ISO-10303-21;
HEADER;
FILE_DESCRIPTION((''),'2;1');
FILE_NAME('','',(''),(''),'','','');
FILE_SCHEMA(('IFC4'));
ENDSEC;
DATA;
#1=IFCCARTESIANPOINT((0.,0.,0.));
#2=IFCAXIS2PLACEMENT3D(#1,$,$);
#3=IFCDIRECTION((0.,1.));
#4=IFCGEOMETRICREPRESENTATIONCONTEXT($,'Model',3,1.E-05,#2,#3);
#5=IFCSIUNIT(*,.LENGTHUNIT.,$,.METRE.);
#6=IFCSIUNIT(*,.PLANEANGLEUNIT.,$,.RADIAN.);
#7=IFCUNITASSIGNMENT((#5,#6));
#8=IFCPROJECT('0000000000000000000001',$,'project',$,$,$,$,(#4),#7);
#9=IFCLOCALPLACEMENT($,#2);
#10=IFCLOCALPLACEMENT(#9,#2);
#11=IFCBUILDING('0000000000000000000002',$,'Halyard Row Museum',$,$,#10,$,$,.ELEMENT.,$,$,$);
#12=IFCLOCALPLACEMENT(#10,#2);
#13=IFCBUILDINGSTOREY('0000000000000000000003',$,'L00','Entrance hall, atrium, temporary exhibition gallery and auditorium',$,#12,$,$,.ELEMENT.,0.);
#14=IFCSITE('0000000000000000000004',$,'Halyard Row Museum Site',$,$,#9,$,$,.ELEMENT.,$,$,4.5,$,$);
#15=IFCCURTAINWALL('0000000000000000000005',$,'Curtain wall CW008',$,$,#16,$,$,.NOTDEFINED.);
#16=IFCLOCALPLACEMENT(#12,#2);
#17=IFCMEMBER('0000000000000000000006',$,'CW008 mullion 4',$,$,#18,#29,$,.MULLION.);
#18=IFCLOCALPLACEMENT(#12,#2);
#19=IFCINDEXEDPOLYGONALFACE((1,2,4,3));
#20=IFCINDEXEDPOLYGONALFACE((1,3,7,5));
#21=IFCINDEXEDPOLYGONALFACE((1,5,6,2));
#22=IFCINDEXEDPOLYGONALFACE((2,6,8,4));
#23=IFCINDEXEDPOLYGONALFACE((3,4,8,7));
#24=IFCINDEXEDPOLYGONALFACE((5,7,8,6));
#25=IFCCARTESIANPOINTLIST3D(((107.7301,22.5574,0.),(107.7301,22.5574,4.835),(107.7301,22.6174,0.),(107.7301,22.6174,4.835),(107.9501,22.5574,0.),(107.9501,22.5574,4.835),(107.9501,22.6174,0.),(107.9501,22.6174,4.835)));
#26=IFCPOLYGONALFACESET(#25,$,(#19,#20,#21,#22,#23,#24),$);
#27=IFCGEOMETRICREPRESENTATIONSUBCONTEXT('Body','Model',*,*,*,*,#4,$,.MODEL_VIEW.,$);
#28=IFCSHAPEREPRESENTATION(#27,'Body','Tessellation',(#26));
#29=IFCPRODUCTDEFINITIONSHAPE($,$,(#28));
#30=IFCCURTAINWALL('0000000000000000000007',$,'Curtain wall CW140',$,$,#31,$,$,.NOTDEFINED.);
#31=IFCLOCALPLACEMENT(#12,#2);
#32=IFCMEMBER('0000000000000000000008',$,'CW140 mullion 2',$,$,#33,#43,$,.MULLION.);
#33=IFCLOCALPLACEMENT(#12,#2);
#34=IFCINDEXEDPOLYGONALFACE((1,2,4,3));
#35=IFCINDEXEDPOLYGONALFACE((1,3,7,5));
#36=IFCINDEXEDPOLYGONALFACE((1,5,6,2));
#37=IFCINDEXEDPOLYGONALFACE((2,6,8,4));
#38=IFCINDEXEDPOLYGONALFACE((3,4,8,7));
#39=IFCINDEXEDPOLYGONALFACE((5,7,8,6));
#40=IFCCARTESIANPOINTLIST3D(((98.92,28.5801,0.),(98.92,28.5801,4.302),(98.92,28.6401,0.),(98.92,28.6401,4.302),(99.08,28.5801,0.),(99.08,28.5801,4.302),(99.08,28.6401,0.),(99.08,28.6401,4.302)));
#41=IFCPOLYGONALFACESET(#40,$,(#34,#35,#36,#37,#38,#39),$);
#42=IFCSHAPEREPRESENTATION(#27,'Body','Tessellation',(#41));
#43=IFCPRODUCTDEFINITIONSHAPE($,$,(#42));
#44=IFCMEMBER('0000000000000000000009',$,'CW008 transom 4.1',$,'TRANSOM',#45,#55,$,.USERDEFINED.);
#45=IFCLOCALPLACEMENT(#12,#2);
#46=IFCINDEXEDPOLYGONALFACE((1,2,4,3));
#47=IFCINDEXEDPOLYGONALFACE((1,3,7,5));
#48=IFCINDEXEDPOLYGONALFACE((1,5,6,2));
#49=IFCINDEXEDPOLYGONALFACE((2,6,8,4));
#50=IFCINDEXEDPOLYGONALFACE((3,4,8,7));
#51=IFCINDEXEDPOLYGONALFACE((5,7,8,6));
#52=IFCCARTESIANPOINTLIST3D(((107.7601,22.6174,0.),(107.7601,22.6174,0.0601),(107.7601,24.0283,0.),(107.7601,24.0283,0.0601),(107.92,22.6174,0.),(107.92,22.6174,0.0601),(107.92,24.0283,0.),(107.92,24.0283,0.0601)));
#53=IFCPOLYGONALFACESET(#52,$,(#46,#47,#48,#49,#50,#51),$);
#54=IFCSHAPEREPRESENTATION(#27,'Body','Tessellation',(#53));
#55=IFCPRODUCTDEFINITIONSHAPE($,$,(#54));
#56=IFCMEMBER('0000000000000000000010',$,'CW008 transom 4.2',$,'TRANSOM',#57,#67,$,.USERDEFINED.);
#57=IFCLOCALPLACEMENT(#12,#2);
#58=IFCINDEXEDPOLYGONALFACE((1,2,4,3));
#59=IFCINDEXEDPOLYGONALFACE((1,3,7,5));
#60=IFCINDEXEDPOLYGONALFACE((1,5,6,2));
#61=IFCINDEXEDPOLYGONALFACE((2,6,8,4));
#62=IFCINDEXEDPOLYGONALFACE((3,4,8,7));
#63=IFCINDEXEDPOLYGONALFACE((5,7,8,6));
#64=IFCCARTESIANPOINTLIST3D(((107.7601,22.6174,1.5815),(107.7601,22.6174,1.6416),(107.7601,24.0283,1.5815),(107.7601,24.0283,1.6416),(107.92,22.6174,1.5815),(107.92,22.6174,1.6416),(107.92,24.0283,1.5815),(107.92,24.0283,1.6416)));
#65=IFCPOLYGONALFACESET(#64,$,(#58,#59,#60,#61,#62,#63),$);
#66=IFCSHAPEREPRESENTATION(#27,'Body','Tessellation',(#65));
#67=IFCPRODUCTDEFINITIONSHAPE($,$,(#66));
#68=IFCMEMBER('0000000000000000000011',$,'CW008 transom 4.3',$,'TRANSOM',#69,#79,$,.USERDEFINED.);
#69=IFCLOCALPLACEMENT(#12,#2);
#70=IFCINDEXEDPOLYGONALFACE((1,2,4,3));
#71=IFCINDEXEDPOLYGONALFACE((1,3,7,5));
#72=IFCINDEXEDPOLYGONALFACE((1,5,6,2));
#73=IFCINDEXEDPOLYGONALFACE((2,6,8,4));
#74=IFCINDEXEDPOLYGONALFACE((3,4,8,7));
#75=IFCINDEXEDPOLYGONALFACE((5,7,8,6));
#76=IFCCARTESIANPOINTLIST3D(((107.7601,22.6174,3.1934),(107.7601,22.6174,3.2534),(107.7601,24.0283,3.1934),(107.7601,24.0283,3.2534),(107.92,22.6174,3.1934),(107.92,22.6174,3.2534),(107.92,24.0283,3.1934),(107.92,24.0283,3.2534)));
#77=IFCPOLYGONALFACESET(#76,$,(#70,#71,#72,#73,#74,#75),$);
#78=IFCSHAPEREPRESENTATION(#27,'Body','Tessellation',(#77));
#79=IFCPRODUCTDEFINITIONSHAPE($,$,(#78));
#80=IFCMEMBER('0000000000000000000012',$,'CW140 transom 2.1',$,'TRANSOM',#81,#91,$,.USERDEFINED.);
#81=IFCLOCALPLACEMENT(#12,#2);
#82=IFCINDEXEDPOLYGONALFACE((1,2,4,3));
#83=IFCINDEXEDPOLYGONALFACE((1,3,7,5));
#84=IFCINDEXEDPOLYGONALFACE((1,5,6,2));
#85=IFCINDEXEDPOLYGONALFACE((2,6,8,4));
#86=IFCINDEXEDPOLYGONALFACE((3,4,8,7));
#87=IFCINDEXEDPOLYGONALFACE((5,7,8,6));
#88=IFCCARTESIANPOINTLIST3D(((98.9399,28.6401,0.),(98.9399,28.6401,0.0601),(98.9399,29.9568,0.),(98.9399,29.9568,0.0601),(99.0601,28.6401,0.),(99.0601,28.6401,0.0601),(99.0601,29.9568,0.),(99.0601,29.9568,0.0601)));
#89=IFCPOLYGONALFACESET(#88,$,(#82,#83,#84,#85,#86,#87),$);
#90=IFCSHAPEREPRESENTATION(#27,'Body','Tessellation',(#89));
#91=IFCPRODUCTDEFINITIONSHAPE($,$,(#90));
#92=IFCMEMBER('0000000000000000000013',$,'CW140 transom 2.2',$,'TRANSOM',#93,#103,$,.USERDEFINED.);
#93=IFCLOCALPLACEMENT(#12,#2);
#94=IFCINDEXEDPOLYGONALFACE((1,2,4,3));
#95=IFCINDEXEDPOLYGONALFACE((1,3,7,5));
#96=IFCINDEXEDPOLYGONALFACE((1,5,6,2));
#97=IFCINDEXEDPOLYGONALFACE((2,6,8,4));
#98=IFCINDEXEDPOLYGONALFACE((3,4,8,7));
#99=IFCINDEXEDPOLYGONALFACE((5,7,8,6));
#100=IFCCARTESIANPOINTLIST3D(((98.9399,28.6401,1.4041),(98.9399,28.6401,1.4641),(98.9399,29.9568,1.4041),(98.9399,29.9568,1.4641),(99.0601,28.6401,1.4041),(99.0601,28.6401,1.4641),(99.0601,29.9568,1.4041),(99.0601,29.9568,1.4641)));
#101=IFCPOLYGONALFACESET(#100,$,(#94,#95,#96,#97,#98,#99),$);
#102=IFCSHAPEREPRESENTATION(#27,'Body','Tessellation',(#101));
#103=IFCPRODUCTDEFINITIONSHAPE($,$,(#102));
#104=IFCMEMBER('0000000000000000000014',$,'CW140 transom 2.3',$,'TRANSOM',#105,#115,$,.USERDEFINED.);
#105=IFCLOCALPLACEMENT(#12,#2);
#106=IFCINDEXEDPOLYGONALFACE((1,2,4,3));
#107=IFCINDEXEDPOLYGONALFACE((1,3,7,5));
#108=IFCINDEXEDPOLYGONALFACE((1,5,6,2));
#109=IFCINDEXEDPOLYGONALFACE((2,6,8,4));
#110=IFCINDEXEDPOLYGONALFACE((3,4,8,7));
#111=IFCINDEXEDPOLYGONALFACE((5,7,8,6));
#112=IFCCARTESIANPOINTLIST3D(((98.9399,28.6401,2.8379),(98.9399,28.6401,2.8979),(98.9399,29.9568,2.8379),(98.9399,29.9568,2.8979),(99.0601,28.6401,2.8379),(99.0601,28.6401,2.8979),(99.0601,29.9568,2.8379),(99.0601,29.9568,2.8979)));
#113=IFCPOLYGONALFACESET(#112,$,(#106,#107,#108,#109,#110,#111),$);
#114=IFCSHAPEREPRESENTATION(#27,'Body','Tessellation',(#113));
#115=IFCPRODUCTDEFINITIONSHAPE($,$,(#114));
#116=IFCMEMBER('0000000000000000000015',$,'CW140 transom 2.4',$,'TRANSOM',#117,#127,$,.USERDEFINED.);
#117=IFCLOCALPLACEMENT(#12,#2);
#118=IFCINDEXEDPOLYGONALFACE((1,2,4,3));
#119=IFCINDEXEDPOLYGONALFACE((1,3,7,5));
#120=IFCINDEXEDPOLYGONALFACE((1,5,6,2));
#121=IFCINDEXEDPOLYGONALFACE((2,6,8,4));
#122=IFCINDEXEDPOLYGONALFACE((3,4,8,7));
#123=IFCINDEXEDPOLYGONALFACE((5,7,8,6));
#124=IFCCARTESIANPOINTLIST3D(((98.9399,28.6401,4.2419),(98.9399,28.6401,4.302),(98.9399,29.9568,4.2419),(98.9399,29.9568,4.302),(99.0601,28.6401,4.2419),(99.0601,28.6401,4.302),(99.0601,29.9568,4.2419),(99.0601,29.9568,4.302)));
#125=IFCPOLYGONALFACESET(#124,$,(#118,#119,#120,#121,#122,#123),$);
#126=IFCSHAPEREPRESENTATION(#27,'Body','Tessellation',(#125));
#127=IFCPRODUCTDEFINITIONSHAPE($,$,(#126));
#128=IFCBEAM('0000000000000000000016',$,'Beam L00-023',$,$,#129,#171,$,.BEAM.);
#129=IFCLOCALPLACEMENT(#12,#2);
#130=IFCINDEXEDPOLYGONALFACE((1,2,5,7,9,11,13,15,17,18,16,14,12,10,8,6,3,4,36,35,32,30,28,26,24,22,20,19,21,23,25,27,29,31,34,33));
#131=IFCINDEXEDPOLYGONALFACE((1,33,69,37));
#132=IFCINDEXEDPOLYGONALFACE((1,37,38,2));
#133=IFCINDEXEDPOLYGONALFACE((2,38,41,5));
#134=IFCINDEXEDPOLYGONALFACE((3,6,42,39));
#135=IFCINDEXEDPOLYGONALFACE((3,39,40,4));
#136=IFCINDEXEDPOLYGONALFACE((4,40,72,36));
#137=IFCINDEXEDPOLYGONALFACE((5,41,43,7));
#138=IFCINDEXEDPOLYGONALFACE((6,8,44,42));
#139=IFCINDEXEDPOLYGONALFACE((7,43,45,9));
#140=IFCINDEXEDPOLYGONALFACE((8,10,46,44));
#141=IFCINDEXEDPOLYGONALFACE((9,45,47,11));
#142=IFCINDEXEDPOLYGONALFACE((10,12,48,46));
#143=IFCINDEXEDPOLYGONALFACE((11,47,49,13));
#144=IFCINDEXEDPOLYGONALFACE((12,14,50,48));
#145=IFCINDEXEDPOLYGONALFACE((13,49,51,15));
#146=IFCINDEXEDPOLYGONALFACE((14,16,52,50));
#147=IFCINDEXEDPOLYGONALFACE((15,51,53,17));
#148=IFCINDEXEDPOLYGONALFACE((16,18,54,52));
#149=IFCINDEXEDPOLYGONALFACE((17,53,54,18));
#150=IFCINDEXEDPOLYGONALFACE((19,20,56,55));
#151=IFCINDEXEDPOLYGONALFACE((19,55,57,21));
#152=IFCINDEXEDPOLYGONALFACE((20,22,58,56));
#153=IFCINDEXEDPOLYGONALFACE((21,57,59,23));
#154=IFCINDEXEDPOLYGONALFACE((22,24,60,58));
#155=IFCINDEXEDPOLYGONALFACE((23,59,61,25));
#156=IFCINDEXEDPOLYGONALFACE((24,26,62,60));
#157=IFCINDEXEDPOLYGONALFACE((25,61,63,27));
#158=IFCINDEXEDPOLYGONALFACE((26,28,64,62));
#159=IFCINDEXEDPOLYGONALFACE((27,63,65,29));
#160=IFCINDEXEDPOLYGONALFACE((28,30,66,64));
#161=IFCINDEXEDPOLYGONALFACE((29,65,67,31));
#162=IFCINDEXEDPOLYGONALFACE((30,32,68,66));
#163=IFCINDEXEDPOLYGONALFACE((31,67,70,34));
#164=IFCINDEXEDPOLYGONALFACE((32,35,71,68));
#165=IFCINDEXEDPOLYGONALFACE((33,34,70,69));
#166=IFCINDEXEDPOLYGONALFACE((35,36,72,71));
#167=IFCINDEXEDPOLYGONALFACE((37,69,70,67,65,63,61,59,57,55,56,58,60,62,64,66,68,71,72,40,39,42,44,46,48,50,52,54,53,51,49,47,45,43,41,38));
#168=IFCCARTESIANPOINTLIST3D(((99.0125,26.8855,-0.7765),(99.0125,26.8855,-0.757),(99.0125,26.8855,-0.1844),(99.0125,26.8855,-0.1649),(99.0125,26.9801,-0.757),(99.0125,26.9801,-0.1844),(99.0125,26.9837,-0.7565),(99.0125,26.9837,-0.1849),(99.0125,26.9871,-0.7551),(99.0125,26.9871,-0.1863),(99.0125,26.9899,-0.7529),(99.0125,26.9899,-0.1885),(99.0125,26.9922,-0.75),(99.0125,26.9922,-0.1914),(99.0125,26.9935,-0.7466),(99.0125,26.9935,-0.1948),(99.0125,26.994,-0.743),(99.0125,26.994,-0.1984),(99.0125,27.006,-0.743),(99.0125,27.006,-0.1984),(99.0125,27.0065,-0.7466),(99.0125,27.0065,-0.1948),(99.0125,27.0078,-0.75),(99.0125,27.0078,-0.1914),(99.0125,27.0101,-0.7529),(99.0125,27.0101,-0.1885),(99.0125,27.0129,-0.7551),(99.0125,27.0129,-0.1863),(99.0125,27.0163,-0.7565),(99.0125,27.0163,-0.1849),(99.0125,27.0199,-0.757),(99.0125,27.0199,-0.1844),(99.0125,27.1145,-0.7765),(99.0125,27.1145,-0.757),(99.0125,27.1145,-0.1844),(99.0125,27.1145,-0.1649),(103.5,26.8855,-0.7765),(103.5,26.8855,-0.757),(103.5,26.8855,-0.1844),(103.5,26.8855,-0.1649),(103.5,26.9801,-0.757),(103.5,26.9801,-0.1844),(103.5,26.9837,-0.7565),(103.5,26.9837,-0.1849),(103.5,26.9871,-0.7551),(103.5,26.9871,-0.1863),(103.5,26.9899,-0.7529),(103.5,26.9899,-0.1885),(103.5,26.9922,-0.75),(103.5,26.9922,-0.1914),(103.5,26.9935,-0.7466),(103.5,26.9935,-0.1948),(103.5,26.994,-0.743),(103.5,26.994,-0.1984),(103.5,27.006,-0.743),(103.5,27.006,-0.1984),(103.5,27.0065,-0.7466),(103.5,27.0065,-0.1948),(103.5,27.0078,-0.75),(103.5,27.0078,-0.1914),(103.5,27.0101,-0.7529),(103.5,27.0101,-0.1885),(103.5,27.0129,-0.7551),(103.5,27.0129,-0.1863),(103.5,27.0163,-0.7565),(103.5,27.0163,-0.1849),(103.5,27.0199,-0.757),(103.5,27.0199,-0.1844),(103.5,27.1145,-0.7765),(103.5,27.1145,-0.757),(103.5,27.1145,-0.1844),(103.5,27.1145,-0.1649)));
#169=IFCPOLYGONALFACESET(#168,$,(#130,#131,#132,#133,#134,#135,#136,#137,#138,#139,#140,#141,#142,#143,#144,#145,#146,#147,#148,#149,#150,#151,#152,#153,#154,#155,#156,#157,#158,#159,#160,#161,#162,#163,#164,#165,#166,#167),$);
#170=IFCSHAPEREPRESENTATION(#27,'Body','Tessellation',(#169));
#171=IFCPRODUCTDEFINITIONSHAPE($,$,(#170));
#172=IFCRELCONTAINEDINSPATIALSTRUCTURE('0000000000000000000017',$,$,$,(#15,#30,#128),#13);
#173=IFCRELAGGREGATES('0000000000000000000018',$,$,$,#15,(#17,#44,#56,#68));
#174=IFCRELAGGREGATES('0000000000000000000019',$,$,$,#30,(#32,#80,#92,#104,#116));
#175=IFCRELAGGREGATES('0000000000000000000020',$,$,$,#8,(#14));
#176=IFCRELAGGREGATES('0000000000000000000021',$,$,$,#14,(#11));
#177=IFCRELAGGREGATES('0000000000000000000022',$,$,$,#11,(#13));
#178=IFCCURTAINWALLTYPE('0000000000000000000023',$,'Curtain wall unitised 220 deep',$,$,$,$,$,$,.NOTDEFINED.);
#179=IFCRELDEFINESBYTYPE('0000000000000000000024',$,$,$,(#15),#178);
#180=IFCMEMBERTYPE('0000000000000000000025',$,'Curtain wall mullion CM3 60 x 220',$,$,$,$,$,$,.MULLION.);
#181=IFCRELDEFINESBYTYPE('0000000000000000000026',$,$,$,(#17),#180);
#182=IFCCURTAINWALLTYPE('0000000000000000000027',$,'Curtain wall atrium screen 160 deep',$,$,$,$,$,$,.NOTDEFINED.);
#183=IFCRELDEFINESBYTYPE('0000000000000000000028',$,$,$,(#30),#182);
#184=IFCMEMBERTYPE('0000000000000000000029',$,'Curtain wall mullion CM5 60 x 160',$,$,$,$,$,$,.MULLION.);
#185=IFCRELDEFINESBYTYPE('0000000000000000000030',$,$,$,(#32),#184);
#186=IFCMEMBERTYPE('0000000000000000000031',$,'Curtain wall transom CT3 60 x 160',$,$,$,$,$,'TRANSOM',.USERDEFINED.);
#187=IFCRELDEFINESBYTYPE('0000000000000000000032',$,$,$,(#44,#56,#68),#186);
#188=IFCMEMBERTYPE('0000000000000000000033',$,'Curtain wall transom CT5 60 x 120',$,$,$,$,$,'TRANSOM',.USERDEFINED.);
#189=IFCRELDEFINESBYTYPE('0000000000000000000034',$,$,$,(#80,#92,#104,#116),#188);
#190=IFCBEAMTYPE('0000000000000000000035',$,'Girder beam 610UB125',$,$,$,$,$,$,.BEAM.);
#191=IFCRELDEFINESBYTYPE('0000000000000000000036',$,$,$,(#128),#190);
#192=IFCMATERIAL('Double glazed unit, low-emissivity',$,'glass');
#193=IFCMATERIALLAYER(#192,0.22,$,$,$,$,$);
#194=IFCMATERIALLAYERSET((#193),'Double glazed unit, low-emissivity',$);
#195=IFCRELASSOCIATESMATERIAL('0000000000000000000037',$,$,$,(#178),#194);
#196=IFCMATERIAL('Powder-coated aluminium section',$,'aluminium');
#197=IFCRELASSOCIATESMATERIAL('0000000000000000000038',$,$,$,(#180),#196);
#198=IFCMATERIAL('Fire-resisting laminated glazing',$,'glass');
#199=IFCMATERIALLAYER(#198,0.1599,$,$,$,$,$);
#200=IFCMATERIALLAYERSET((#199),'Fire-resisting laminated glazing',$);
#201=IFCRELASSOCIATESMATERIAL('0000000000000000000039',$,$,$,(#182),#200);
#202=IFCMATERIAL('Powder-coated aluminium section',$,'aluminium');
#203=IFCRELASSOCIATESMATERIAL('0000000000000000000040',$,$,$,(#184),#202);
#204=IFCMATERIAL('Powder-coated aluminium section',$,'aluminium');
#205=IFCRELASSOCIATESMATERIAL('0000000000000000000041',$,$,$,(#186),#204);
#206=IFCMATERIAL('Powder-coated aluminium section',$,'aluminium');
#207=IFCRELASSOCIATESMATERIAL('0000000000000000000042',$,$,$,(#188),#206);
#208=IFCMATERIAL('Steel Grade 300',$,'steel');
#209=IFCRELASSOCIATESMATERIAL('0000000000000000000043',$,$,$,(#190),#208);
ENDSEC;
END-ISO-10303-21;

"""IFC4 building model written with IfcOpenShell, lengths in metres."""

from ifc_helpers import new_model, si_unit, direction, frame, origin, origin_2d, place, context, subcontext, project, spatial, rectangle, i_section, extrude, material, layer, layer_set, material_profile, profile_set, type_object, element, aggregate, save


model = new_model("IFC4")

# Units and contexts
model_context = context("Model", 3, precision=1e-05, world=origin(), true_north=direction((0.0, 1.0)))
body_context = subcontext(model_context, "Body", "Model", "MODEL_VIEW")
ifc_project = project(units=[si_unit("LENGTHUNIT", "METRE"), si_unit("PLANEANGLEUNIT", "RADIAN")], contexts=[model_context])

# Site, building, storey
site_placement = place(None, origin())
site = spatial("IfcSite", under=ifc_project, at=site_placement, Name="Halyard Row Museum Site", CompositionType="ELEMENT", RefElevation=4.5)
building_placement = place(site_placement, origin())
building = spatial("IfcBuilding", under=site, at=building_placement, Name="Halyard Row Museum", CompositionType="ELEMENT")
storey_placement = place(building_placement, origin())
storey = spatial("IfcBuildingStorey", under=building, at=storey_placement, Name="L00", Description="Entrance hall, atrium, temporary exhibition gallery and auditorium", CompositionType="ELEMENT", Elevation=0.0)

# Curtain walls, members
ifc_material_1 = material(Name="Double glazed unit, low-emissivity", Category="glass")
ifc_layer_1 = layer(ifc_material_1, 0.22)
ifc_layer_set_1 = layer_set([ifc_layer_1], Name="Double glazed unit, low-emissivity")
curtain_wall_type_1 = type_object("IfcCurtainWallType", Name="Curtain wall unitised 220 deep", PredefinedType="NOTDEFINED", material=ifc_layer_set_1)
curtain_wall_1_placement = place(storey_placement, origin())
curtain_wall_1 = element("IfcCurtainWall", 1, at=curtain_wall_1_placement, inside=storey, type_object=curtain_wall_type_1, Name="Curtain wall CW008", PredefinedType="NOTDEFINED")
ifc_material_2 = material(Name="Powder-coated aluminium section", Category="aluminium")
ifc_material_profile_1 = material_profile(ifc_material_2, rectangle(XDim=0.22, YDim=0.0601, at=origin_2d()), Name="220x60 mullion")
ifc_profile_set_1 = profile_set([ifc_material_profile_1], Name="Powder-coated aluminium section")
member_type_1 = type_object("IfcMemberType", Name="Curtain wall mullion CM3 60 x 220", PredefinedType="MULLION", material=ifc_profile_set_1)
member_1_placement = place(storey_placement, frame((107.8401, 22.5874, 0.0), z_axis=(0.0, 0.0, 1.0), x_axis=(-1.0, 0.0, 0.0)))
member_1 = element("IfcMember", 2, at=member_1_placement, type_object=member_type_1, Name="CW008 mullion 4", PredefinedType="MULLION", context=body_context, shape_type="SweptSolid", body=[
    extrude(rectangle(XDim=0.22, YDim=0.0601, at=origin_2d()), origin(), (0.0, 0.0, 1.0), 4.835),
])
ifc_material_3 = material(Name="Fire-resisting laminated glazing", Category="glass")
ifc_layer_2 = layer(ifc_material_3, 0.1599)
ifc_layer_set_2 = layer_set([ifc_layer_2], Name="Fire-resisting laminated glazing")
curtain_wall_type_2 = type_object("IfcCurtainWallType", Name="Curtain wall atrium screen 160 deep", PredefinedType="NOTDEFINED", material=ifc_layer_set_2)
curtain_wall_2_placement = place(storey_placement, origin())
curtain_wall_2 = element("IfcCurtainWall", 3, at=curtain_wall_2_placement, inside=storey, type_object=curtain_wall_type_2, Name="Curtain wall CW140", PredefinedType="NOTDEFINED")
ifc_material_4 = material(Name="Powder-coated aluminium section", Category="aluminium")
ifc_material_profile_2 = material_profile(ifc_material_4, rectangle(XDim=0.1599, YDim=0.0601, at=origin_2d()), Name="160x60 mullion")
ifc_profile_set_2 = profile_set([ifc_material_profile_2], Name="Powder-coated aluminium section")
member_type_2 = type_object("IfcMemberType", Name="Curtain wall mullion CM5 60 x 160", PredefinedType="MULLION", material=ifc_profile_set_2)
member_2_placement = place(storey_placement, frame((99.0, 28.6101, 0.0), z_axis=(0.0, 0.0, 1.0), x_axis=(-1.0, 0.0, 0.0)))
member_2 = element("IfcMember", 4, at=member_2_placement, type_object=member_type_2, Name="CW140 mullion 2", PredefinedType="MULLION", context=body_context, shape_type="SweptSolid", body=[
    extrude(rectangle(XDim=0.1599, YDim=0.0601, at=origin_2d()), origin(), (0.0, 0.0, 1.0), 4.302),
])

# Members
ifc_material_5 = material(Name="Powder-coated aluminium section", Category="aluminium")
ifc_material_profile_3 = material_profile(ifc_material_5, rectangle(XDim=0.1599, YDim=0.0601, at=origin_2d()), Name="160x60 transom")
ifc_profile_set_3 = profile_set([ifc_material_profile_3], Name="Powder-coated aluminium section")
member_type_3 = type_object("IfcMemberType", Name="Curtain wall transom CT3 60 x 160", ElementType="TRANSOM", PredefinedType="USERDEFINED", material=ifc_profile_set_3)
member_3_placement = place(storey_placement, frame((107.8401, 22.6174, 0.03), z_axis=(0.0, 1.0, 0.0), x_axis=(-1.0, 0.0, 0.0)))
member_3 = element("IfcMember", 5, at=member_3_placement, type_object=member_type_3, Name="CW008 transom 4.1", ObjectType="TRANSOM", PredefinedType="USERDEFINED", context=body_context, shape_type="SweptSolid", body=[
    extrude(rectangle(XDim=0.1599, YDim=0.0601, at=origin_2d()), origin(), (0.0, 0.0, 1.0), 1.4109),
])
member_4_placement = place(storey_placement, frame((107.8401, 22.6174, 1.6116), z_axis=(0.0, 1.0, 0.0), x_axis=(-1.0, 0.0, 0.0)))
member_4 = element("IfcMember", 6, at=member_4_placement, type_object=member_type_3, Name="CW008 transom 4.2", ObjectType="TRANSOM", PredefinedType="USERDEFINED", context=body_context, shape_type="SweptSolid", body=[
    extrude(rectangle(XDim=0.1599, YDim=0.0601, at=origin_2d()), origin(), (0.0, 0.0, 1.0), 1.4109),
])
member_5_placement = place(storey_placement, frame((107.8401, 22.6174, 3.2234), z_axis=(0.0, 1.0, 0.0), x_axis=(-1.0, 0.0, 0.0)))
member_5 = element("IfcMember", 7, at=member_5_placement, type_object=member_type_3, Name="CW008 transom 4.3", ObjectType="TRANSOM", PredefinedType="USERDEFINED", context=body_context, shape_type="SweptSolid", body=[
    extrude(rectangle(XDim=0.1599, YDim=0.0601, at=origin_2d()), origin(), (0.0, 0.0, 1.0), 1.4109),
])
ifc_material_6 = material(Name="Powder-coated aluminium section", Category="aluminium")
ifc_material_profile_4 = material_profile(ifc_material_6, rectangle(XDim=0.1201, YDim=0.0601, at=origin_2d()), Name="120x60 transom")
ifc_profile_set_4 = profile_set([ifc_material_profile_4], Name="Powder-coated aluminium section")
member_type_4 = type_object("IfcMemberType", Name="Curtain wall transom CT5 60 x 120", ElementType="TRANSOM", PredefinedType="USERDEFINED", material=ifc_profile_set_4)
member_6_placement = place(storey_placement, frame((99.0, 28.6401, 0.03), z_axis=(0.0, 1.0, 0.0), x_axis=(-1.0, 0.0, 0.0)))
member_6 = element("IfcMember", 8, at=member_6_placement, type_object=member_type_4, Name="CW140 transom 2.1", ObjectType="TRANSOM", PredefinedType="USERDEFINED", context=body_context, shape_type="SweptSolid", body=[
    extrude(rectangle(XDim=0.1201, YDim=0.0601, at=origin_2d()), origin(), (0.0, 0.0, 1.0), 1.3167),
])
member_7_placement = place(storey_placement, frame((99.0, 28.6401, 1.4341), z_axis=(0.0, 1.0, 0.0), x_axis=(-1.0, 0.0, 0.0)))
member_7 = element("IfcMember", 9, at=member_7_placement, type_object=member_type_4, Name="CW140 transom 2.2", ObjectType="TRANSOM", PredefinedType="USERDEFINED", context=body_context, shape_type="SweptSolid", body=[
    extrude(rectangle(XDim=0.1201, YDim=0.0601, at=origin_2d()), origin(), (0.0, 0.0, 1.0), 1.3167),
])
member_8_placement = place(storey_placement, frame((99.0, 28.6401, 2.8679), z_axis=(0.0, 1.0, 0.0), x_axis=(-1.0, 0.0, 0.0)))
member_8 = element("IfcMember", 10, at=member_8_placement, type_object=member_type_4, Name="CW140 transom 2.3", ObjectType="TRANSOM", PredefinedType="USERDEFINED", context=body_context, shape_type="SweptSolid", body=[
    extrude(rectangle(XDim=0.1201, YDim=0.0601, at=origin_2d()), origin(), (0.0, 0.0, 1.0), 1.3167),
])
member_9_placement = place(storey_placement, frame((99.0, 28.6401, 4.272), z_axis=(0.0, 1.0, 0.0), x_axis=(-1.0, 0.0, 0.0)))
member_9 = element("IfcMember", 11, at=member_9_placement, type_object=member_type_4, Name="CW140 transom 2.4", ObjectType="TRANSOM", PredefinedType="USERDEFINED", context=body_context, shape_type="SweptSolid", body=[
    extrude(rectangle(XDim=0.1201, YDim=0.0601, at=origin_2d()), origin(), (0.0, 0.0, 1.0), 1.3167),
])

# Beam
ifc_material_7 = material(Name="Steel Grade 300", Category="steel")
ifc_material_profile_5 = material_profile(ifc_material_7, i_section(OverallWidth=0.229, OverallDepth=0.6116, WebThickness=0.012, FlangeThickness=0.0195, FilletRadius=0.0139, at=origin_2d()), Name="610UB125")
ifc_profile_set_5 = profile_set([ifc_material_profile_5], Name="Steel Grade 300")
beam_type_1 = type_object("IfcBeamType", Name="Girder beam 610UB125", PredefinedType="BEAM", material=ifc_profile_set_5)
beam_1_placement = place(storey_placement, frame((99.0125, 27.0, -0.4707), z_axis=(1.0, 0.0, 0.0), x_axis=(0.0, 1.0, 0.0)))
element("IfcBeam", 12, at=beam_1_placement, inside=storey, type_object=beam_type_1, Name="Beam L00-023", PredefinedType="BEAM", context=body_context, shape_type="SweptSolid", body=[
    extrude(i_section(OverallWidth=0.229, OverallDepth=0.6116, WebThickness=0.012, FlangeThickness=0.0195, FilletRadius=0.0139, at=origin_2d()), origin(), (0.0, 0.0, 1.0), 4.4875),
])

aggregate(curtain_wall_1, [member_1, member_3, member_4, member_5])
aggregate(curtain_wall_2, [member_2, member_6, member_7, member_8, member_9])

save(model, "model.ifc")
